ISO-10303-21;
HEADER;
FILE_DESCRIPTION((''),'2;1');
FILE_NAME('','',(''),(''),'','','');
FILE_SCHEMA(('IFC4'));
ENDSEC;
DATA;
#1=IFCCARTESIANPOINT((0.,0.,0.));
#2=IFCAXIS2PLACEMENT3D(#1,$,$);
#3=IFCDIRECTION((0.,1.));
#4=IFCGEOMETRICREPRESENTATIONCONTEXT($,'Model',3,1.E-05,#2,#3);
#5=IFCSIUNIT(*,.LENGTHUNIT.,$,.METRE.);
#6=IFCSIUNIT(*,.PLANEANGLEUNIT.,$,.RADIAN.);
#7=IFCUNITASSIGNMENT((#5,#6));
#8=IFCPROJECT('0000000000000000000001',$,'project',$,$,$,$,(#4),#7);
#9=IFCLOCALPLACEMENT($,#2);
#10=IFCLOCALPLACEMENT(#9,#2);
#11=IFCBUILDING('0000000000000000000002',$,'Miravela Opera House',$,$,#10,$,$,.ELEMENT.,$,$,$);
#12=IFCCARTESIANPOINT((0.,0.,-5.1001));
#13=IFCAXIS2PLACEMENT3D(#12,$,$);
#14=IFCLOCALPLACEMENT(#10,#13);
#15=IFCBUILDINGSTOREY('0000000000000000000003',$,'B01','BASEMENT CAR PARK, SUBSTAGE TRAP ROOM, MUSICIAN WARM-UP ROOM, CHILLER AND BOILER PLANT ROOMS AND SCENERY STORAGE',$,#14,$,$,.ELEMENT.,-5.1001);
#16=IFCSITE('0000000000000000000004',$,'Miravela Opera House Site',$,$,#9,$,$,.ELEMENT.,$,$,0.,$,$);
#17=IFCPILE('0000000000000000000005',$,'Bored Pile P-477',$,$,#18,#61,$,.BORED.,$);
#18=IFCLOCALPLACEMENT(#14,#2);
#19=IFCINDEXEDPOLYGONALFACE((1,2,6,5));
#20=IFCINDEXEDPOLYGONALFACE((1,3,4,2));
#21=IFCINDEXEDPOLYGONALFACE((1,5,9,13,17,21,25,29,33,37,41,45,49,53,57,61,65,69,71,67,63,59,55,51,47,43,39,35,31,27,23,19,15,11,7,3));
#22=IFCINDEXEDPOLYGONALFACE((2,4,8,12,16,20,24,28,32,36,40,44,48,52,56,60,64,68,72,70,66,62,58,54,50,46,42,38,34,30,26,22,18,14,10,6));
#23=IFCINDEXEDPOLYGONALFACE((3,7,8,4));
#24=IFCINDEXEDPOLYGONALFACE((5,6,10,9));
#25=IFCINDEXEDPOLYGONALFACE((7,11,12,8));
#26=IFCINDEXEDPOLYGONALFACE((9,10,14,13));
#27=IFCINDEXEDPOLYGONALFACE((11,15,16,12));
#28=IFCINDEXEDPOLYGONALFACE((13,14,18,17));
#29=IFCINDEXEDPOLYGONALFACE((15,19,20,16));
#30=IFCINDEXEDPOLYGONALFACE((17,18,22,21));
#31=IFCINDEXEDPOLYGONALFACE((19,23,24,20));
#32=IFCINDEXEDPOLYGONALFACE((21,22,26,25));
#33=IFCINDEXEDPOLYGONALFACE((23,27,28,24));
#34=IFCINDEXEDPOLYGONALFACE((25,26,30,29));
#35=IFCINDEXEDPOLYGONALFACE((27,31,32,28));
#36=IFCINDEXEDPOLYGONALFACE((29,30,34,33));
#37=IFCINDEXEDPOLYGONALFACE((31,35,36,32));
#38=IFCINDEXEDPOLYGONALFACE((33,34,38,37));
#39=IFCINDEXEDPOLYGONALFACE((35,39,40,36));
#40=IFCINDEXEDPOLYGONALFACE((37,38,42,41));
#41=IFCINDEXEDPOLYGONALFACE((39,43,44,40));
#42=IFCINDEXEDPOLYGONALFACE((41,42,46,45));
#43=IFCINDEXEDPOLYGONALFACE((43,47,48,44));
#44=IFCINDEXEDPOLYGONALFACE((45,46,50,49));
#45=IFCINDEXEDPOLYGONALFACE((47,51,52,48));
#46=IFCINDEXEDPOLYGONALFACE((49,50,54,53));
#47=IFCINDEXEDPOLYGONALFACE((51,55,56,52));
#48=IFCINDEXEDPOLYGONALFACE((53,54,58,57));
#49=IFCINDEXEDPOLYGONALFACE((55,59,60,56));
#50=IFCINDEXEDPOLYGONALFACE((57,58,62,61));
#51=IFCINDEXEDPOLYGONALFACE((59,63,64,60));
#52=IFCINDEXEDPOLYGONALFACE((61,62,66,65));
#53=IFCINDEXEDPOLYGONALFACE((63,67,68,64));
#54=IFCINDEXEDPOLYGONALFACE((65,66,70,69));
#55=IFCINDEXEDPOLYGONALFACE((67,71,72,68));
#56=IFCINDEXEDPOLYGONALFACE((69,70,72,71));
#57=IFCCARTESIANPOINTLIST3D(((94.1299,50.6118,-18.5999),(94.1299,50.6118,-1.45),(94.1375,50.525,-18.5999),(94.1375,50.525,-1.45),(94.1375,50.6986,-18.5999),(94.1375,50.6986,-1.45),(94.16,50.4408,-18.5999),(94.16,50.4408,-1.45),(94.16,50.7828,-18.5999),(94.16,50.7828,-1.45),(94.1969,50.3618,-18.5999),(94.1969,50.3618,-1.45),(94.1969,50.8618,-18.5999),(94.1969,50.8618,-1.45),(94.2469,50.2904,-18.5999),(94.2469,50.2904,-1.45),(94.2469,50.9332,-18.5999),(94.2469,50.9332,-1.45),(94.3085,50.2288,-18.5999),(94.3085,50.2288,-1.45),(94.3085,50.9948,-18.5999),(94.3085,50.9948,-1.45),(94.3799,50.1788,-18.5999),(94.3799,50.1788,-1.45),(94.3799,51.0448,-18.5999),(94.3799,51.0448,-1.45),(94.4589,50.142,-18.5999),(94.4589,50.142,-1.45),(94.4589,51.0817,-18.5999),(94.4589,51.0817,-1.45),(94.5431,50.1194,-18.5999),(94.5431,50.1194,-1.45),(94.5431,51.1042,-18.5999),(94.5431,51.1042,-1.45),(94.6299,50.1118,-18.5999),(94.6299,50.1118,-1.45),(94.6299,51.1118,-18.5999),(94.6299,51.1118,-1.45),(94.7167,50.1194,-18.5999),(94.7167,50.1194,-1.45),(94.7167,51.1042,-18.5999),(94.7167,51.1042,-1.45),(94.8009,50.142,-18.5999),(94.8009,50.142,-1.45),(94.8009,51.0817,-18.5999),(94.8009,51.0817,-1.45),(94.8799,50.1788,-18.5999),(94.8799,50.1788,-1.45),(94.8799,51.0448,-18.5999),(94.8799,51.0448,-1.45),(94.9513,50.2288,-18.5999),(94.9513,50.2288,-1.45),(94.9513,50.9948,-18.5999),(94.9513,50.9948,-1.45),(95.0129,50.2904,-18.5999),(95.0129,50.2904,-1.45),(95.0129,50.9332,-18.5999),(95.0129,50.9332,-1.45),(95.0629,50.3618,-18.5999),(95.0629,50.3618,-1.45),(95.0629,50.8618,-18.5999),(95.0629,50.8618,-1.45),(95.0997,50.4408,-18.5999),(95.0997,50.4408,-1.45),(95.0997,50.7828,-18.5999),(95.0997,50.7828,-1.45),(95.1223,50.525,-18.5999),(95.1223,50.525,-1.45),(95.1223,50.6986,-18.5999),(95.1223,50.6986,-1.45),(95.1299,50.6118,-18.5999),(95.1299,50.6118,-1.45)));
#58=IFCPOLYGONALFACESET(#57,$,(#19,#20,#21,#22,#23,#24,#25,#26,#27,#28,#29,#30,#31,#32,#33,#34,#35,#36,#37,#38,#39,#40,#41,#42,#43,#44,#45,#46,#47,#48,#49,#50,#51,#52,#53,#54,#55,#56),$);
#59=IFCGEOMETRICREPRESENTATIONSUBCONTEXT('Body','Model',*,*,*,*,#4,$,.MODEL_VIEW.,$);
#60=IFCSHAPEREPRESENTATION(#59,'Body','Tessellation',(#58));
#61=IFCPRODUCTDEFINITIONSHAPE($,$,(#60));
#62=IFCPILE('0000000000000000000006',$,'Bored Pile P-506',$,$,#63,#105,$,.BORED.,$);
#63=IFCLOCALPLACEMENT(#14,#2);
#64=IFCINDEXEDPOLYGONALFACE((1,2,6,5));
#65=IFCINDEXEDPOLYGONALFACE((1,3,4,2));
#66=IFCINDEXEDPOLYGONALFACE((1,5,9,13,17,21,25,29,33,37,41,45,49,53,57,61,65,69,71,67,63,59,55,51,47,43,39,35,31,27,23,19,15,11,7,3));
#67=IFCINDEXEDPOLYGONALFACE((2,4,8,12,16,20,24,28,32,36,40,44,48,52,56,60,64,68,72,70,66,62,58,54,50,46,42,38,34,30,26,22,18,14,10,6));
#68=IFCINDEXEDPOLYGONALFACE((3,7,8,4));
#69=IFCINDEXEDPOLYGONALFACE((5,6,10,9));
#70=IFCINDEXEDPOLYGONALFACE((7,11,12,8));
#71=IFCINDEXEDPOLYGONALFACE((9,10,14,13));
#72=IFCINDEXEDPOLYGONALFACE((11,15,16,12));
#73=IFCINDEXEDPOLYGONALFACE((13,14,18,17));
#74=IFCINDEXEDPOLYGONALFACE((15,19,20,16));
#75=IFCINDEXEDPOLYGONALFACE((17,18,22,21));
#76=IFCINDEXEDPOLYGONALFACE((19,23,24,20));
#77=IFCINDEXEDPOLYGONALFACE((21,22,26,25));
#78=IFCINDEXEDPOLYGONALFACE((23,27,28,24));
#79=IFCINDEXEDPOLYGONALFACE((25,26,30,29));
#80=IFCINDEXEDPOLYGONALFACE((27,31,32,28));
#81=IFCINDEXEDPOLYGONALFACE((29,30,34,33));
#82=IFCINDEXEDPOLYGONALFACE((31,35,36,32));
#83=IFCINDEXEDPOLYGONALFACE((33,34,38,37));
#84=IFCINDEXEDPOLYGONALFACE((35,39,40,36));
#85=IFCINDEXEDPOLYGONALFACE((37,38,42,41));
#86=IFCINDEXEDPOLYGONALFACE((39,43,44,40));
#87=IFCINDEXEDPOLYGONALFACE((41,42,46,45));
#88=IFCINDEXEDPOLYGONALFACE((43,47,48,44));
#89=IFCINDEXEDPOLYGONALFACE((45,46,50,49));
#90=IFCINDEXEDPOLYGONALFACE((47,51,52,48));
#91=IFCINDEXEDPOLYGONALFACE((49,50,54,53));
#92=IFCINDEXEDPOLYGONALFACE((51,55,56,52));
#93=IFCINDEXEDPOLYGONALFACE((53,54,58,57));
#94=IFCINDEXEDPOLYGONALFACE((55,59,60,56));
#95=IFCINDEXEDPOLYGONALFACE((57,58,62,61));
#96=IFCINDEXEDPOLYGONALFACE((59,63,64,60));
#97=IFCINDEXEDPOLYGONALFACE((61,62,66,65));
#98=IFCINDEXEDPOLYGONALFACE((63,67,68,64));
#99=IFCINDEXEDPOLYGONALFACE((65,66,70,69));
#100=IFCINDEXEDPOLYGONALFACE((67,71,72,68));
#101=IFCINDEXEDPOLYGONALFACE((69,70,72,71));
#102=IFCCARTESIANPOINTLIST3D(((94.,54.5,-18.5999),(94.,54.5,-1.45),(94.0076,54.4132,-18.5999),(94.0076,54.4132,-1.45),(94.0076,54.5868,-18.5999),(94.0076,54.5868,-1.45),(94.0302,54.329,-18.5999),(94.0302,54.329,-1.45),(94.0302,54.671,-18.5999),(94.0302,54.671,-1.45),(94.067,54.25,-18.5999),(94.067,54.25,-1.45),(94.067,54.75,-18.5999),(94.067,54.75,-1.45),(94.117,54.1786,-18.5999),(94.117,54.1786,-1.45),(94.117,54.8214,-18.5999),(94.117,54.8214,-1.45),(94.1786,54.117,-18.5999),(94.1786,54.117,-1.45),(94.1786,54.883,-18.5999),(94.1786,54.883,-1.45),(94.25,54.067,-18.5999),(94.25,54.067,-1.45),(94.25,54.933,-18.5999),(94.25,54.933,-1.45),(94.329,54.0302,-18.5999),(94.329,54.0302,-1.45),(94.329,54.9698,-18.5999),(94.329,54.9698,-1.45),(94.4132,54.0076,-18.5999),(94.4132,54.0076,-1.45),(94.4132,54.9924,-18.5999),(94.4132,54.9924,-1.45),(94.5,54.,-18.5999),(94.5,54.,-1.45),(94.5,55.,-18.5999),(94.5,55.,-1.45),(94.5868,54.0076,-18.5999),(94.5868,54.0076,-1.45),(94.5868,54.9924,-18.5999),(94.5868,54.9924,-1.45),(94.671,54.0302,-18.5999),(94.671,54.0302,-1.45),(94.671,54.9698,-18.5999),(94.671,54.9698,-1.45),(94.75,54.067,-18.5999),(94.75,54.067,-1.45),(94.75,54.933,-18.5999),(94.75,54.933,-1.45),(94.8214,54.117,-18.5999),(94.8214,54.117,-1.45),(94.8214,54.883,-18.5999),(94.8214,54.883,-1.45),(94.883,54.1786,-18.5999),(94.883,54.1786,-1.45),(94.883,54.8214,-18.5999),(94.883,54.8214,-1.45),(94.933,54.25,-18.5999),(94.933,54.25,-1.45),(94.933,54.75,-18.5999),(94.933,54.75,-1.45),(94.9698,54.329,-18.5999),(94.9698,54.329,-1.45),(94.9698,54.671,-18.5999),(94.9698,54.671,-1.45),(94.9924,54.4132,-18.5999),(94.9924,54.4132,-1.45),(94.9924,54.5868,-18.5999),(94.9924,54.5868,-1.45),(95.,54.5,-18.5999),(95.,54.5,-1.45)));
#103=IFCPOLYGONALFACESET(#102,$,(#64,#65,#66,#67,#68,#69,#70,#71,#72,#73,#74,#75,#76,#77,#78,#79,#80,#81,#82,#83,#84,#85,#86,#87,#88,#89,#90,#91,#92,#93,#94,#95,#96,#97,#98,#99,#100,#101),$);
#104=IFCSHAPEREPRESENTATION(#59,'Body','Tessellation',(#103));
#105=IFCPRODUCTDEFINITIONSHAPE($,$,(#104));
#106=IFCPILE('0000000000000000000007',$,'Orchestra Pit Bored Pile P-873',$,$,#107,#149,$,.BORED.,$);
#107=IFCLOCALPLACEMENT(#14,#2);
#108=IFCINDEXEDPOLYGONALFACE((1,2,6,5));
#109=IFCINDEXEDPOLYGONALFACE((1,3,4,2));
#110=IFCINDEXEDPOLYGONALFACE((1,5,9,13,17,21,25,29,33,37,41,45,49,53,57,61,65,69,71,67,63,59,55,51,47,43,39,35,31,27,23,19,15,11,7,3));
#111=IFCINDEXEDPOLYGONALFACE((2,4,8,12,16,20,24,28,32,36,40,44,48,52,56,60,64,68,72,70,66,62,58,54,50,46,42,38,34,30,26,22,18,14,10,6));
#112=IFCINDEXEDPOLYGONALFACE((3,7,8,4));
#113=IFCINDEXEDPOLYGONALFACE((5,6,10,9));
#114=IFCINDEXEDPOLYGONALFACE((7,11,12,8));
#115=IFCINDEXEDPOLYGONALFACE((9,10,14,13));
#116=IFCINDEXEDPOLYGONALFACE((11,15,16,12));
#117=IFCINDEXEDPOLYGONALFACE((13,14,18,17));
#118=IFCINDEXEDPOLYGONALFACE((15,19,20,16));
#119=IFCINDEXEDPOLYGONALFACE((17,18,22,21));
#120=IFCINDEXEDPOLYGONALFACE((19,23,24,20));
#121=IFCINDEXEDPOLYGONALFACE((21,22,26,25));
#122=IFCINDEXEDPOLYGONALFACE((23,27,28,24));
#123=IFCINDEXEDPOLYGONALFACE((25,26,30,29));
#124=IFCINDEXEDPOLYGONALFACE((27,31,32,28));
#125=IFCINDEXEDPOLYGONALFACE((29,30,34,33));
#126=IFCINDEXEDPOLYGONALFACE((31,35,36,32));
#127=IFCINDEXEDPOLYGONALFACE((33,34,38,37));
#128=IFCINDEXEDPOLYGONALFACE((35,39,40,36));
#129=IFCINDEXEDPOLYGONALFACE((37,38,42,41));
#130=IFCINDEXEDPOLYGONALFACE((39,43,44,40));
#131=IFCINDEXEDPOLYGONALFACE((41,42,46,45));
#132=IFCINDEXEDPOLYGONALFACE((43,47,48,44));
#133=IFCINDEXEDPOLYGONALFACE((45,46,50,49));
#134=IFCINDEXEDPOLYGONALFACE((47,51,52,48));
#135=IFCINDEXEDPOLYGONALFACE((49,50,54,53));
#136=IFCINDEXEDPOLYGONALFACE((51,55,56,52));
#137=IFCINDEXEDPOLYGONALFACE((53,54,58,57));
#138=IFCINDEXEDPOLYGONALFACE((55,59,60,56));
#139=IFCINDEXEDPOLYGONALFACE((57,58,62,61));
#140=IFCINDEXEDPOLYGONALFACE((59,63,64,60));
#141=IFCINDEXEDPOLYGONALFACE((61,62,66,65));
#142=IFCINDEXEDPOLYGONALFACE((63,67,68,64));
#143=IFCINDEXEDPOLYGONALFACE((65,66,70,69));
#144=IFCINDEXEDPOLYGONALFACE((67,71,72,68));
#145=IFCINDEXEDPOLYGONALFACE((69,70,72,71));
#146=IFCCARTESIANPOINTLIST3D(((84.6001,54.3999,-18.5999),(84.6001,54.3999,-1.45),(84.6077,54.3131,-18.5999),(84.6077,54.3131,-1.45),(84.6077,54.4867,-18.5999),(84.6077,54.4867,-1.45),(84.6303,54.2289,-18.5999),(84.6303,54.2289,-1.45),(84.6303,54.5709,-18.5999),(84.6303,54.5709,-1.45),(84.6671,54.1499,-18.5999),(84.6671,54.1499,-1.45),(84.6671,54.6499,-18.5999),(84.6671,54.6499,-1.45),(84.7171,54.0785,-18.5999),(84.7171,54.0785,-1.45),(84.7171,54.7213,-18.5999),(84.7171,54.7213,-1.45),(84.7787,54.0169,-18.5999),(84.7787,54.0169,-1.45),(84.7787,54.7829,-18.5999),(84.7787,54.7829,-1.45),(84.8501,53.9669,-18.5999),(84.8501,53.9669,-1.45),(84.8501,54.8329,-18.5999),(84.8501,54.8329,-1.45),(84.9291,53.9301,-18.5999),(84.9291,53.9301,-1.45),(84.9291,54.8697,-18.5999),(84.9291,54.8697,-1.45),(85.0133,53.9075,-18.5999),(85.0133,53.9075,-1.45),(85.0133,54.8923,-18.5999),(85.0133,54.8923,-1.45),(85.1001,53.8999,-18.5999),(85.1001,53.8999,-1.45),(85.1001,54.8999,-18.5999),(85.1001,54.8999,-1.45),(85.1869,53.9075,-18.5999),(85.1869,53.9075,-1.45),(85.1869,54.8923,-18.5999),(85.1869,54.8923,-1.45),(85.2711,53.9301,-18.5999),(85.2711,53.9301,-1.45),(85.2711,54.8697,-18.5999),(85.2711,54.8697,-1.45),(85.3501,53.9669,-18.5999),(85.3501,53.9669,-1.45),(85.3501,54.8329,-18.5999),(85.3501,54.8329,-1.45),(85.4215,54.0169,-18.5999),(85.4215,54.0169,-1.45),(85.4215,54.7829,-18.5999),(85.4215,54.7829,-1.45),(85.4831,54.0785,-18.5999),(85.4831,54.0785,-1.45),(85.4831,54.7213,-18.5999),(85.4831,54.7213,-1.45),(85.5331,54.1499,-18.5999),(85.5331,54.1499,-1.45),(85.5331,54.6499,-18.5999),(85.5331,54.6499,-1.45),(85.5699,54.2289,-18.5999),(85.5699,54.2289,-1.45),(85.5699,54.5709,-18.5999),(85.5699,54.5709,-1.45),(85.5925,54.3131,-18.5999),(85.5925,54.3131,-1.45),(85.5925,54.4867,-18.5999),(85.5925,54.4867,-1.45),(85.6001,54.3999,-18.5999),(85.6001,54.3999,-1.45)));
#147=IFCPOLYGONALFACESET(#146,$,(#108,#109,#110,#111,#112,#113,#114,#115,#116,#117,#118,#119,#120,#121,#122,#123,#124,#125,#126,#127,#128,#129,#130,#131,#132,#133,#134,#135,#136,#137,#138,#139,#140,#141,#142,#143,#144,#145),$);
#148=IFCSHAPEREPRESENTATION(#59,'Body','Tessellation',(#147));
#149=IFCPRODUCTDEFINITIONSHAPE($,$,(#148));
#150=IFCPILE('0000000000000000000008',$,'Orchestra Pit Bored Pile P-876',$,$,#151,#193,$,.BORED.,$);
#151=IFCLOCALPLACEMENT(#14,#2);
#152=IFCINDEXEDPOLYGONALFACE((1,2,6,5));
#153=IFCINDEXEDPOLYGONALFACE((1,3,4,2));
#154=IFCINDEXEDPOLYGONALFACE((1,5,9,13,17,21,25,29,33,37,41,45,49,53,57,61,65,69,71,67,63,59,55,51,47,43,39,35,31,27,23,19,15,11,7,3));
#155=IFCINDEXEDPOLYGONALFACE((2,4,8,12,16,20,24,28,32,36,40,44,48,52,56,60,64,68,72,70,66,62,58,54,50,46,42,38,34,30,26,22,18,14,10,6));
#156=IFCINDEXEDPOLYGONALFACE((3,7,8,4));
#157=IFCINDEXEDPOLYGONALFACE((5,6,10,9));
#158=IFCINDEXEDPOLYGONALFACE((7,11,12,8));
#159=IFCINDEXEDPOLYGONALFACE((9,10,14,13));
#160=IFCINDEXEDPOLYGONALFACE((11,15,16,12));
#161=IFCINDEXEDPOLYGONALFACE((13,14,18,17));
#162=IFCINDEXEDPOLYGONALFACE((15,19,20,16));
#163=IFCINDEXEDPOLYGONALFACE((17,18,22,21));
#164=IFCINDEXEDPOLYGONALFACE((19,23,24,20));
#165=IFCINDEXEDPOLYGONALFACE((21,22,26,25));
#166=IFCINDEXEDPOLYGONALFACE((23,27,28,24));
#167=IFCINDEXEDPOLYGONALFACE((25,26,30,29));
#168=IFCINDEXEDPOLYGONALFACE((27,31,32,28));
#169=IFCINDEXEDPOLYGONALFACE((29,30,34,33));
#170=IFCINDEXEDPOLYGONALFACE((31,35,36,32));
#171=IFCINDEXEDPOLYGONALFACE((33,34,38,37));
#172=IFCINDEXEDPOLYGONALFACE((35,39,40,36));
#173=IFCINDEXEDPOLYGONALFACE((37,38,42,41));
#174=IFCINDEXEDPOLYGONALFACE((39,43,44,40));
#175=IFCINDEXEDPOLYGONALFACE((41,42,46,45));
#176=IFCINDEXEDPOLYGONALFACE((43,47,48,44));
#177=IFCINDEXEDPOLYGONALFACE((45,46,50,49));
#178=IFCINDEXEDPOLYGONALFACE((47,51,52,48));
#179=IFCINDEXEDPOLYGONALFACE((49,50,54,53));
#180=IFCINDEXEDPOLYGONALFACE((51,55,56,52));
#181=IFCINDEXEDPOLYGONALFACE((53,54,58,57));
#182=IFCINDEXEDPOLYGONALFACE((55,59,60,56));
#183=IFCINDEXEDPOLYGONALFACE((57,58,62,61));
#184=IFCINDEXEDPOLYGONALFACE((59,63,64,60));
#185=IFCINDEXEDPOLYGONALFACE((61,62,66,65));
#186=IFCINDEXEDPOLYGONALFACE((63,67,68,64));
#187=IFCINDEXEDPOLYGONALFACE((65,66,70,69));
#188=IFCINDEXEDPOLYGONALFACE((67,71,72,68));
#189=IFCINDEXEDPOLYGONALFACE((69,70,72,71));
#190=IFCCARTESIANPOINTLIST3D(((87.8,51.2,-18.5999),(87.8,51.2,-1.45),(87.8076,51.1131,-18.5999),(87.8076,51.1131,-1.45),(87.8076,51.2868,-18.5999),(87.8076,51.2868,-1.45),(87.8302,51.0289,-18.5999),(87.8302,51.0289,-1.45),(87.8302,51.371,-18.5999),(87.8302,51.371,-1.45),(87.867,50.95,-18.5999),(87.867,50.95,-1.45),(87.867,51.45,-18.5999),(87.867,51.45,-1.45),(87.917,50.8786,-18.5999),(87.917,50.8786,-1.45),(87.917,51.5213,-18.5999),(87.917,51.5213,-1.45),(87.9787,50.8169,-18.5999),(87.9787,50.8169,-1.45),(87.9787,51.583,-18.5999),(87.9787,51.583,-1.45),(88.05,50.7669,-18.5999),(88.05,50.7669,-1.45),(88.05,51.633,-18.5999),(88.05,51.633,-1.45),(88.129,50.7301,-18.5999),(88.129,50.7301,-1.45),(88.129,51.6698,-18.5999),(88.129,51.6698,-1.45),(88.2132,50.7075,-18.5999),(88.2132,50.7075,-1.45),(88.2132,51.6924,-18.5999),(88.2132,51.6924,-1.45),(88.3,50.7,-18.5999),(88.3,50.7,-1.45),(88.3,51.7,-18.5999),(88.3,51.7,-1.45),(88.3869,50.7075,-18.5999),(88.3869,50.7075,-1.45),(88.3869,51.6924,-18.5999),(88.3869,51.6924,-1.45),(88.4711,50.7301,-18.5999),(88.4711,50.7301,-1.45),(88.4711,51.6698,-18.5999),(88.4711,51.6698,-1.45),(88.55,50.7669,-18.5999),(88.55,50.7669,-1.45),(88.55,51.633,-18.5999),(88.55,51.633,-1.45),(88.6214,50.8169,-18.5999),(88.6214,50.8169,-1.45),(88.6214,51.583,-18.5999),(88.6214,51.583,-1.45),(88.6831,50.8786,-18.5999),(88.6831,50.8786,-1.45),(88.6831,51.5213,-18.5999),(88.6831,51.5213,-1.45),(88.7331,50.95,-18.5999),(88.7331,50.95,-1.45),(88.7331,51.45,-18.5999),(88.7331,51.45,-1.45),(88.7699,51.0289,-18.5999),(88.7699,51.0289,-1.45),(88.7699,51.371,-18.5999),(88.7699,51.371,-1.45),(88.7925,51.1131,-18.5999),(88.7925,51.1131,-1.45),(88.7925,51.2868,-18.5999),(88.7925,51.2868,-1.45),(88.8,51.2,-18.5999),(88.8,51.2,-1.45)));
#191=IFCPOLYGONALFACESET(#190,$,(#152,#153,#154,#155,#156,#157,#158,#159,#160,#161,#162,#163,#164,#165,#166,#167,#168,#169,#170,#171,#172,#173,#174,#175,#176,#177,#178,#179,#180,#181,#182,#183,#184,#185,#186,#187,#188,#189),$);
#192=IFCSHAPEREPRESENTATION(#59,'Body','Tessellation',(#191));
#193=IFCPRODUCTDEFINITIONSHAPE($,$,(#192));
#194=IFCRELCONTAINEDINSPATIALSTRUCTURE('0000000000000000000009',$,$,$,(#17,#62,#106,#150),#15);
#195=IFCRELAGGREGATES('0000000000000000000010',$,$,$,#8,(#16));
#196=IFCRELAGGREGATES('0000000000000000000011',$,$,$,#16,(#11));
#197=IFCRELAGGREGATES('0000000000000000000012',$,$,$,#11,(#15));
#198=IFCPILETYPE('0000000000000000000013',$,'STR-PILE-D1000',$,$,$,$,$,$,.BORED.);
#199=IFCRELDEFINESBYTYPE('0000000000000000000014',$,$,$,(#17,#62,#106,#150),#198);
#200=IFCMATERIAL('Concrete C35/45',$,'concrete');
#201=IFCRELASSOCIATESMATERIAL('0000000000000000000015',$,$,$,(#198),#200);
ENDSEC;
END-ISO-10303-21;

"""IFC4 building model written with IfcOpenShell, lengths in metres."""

from ifc_helpers import new_model, si_unit, direction, frame, origin, origin_2d, place, context, subcontext, project, spatial, circle, extrude, material, material_profile, profile_set, type_object, element, save


model = new_model("IFC4")

# Units and contexts
model_context = context("Model", 3, precision=1e-05, world=origin(), true_north=direction((0.0, 1.0)))
body_context = subcontext(model_context, "Body", "Model", "MODEL_VIEW")
ifc_project = project(units=[si_unit("LENGTHUNIT", "METRE"), si_unit("PLANEANGLEUNIT", "RADIAN")], contexts=[model_context])

# Site, building, storey
site_placement = place(None, origin())
site = spatial("IfcSite", under=ifc_project, at=site_placement, Name="Miravela Opera House Site", CompositionType="ELEMENT", RefElevation=0.0)
building_placement = place(site_placement, origin())
building = spatial("IfcBuilding", under=site, at=building_placement, Name="Miravela Opera House", CompositionType="ELEMENT")
storey_placement = place(building_placement, frame((0.0, 0.0, -5.1001)))
storey = spatial("IfcBuildingStorey", under=building, at=storey_placement, Name="B01", Description="BASEMENT CAR PARK, SUBSTAGE TRAP ROOM, MUSICIAN WARM-UP ROOM, CHILLER AND BOILER PLANT ROOMS AND SCENERY STORAGE", CompositionType="ELEMENT", Elevation=-5.1001)

# Shared definitions
ifc_material_1 = material(Name="Concrete C35/45", Category="concrete")

# Piles
ifc_material_profile_1 = material_profile(ifc_material_1, circle(Radius=0.5, at=origin_2d()), Name="PILE-D1000")
ifc_profile_set_1 = profile_set([ifc_material_profile_1])
pile_type = type_object("IfcPileType", Name="STR-PILE-D1000", PredefinedType="BORED", material=ifc_profile_set_1)
for number, where, z_axis, x_axis, name in (
    (1, (94.6299, 50.6118, -1.45), (0.0, 0.0, -1.0), (1.0, 0.0, 0.0), "Bored Pile P-477"),
    (2, (94.5, 54.5, -1.45), (0.0, 0.0, -1.0), (1.0, 0.0, 0.0), "Bored Pile P-506"),
    (3, (85.1001, 54.3999, -1.45), (0.0, 0.0, -1.0), (1.0, 0.0, 0.0), "Orchestra Pit Bored Pile P-873"),
    (4, (88.3, 51.2, -1.45), (0.0, 0.0, -1.0), (1.0, 0.0, 0.0), "Orchestra Pit Bored Pile P-876"),
):
    element("IfcPile", number, at=place(storey_placement, frame(where, z_axis=z_axis, x_axis=x_axis)), inside=storey, type_object=pile_type, Name=name, PredefinedType="BORED", context=body_context, shape_type="SweptSolid", body=[
        extrude(circle(Radius=0.5, at=origin_2d()), origin(), (0.0, 0.0, 1.0), 17.1499),
    ])

save(model, "model.ifc")
